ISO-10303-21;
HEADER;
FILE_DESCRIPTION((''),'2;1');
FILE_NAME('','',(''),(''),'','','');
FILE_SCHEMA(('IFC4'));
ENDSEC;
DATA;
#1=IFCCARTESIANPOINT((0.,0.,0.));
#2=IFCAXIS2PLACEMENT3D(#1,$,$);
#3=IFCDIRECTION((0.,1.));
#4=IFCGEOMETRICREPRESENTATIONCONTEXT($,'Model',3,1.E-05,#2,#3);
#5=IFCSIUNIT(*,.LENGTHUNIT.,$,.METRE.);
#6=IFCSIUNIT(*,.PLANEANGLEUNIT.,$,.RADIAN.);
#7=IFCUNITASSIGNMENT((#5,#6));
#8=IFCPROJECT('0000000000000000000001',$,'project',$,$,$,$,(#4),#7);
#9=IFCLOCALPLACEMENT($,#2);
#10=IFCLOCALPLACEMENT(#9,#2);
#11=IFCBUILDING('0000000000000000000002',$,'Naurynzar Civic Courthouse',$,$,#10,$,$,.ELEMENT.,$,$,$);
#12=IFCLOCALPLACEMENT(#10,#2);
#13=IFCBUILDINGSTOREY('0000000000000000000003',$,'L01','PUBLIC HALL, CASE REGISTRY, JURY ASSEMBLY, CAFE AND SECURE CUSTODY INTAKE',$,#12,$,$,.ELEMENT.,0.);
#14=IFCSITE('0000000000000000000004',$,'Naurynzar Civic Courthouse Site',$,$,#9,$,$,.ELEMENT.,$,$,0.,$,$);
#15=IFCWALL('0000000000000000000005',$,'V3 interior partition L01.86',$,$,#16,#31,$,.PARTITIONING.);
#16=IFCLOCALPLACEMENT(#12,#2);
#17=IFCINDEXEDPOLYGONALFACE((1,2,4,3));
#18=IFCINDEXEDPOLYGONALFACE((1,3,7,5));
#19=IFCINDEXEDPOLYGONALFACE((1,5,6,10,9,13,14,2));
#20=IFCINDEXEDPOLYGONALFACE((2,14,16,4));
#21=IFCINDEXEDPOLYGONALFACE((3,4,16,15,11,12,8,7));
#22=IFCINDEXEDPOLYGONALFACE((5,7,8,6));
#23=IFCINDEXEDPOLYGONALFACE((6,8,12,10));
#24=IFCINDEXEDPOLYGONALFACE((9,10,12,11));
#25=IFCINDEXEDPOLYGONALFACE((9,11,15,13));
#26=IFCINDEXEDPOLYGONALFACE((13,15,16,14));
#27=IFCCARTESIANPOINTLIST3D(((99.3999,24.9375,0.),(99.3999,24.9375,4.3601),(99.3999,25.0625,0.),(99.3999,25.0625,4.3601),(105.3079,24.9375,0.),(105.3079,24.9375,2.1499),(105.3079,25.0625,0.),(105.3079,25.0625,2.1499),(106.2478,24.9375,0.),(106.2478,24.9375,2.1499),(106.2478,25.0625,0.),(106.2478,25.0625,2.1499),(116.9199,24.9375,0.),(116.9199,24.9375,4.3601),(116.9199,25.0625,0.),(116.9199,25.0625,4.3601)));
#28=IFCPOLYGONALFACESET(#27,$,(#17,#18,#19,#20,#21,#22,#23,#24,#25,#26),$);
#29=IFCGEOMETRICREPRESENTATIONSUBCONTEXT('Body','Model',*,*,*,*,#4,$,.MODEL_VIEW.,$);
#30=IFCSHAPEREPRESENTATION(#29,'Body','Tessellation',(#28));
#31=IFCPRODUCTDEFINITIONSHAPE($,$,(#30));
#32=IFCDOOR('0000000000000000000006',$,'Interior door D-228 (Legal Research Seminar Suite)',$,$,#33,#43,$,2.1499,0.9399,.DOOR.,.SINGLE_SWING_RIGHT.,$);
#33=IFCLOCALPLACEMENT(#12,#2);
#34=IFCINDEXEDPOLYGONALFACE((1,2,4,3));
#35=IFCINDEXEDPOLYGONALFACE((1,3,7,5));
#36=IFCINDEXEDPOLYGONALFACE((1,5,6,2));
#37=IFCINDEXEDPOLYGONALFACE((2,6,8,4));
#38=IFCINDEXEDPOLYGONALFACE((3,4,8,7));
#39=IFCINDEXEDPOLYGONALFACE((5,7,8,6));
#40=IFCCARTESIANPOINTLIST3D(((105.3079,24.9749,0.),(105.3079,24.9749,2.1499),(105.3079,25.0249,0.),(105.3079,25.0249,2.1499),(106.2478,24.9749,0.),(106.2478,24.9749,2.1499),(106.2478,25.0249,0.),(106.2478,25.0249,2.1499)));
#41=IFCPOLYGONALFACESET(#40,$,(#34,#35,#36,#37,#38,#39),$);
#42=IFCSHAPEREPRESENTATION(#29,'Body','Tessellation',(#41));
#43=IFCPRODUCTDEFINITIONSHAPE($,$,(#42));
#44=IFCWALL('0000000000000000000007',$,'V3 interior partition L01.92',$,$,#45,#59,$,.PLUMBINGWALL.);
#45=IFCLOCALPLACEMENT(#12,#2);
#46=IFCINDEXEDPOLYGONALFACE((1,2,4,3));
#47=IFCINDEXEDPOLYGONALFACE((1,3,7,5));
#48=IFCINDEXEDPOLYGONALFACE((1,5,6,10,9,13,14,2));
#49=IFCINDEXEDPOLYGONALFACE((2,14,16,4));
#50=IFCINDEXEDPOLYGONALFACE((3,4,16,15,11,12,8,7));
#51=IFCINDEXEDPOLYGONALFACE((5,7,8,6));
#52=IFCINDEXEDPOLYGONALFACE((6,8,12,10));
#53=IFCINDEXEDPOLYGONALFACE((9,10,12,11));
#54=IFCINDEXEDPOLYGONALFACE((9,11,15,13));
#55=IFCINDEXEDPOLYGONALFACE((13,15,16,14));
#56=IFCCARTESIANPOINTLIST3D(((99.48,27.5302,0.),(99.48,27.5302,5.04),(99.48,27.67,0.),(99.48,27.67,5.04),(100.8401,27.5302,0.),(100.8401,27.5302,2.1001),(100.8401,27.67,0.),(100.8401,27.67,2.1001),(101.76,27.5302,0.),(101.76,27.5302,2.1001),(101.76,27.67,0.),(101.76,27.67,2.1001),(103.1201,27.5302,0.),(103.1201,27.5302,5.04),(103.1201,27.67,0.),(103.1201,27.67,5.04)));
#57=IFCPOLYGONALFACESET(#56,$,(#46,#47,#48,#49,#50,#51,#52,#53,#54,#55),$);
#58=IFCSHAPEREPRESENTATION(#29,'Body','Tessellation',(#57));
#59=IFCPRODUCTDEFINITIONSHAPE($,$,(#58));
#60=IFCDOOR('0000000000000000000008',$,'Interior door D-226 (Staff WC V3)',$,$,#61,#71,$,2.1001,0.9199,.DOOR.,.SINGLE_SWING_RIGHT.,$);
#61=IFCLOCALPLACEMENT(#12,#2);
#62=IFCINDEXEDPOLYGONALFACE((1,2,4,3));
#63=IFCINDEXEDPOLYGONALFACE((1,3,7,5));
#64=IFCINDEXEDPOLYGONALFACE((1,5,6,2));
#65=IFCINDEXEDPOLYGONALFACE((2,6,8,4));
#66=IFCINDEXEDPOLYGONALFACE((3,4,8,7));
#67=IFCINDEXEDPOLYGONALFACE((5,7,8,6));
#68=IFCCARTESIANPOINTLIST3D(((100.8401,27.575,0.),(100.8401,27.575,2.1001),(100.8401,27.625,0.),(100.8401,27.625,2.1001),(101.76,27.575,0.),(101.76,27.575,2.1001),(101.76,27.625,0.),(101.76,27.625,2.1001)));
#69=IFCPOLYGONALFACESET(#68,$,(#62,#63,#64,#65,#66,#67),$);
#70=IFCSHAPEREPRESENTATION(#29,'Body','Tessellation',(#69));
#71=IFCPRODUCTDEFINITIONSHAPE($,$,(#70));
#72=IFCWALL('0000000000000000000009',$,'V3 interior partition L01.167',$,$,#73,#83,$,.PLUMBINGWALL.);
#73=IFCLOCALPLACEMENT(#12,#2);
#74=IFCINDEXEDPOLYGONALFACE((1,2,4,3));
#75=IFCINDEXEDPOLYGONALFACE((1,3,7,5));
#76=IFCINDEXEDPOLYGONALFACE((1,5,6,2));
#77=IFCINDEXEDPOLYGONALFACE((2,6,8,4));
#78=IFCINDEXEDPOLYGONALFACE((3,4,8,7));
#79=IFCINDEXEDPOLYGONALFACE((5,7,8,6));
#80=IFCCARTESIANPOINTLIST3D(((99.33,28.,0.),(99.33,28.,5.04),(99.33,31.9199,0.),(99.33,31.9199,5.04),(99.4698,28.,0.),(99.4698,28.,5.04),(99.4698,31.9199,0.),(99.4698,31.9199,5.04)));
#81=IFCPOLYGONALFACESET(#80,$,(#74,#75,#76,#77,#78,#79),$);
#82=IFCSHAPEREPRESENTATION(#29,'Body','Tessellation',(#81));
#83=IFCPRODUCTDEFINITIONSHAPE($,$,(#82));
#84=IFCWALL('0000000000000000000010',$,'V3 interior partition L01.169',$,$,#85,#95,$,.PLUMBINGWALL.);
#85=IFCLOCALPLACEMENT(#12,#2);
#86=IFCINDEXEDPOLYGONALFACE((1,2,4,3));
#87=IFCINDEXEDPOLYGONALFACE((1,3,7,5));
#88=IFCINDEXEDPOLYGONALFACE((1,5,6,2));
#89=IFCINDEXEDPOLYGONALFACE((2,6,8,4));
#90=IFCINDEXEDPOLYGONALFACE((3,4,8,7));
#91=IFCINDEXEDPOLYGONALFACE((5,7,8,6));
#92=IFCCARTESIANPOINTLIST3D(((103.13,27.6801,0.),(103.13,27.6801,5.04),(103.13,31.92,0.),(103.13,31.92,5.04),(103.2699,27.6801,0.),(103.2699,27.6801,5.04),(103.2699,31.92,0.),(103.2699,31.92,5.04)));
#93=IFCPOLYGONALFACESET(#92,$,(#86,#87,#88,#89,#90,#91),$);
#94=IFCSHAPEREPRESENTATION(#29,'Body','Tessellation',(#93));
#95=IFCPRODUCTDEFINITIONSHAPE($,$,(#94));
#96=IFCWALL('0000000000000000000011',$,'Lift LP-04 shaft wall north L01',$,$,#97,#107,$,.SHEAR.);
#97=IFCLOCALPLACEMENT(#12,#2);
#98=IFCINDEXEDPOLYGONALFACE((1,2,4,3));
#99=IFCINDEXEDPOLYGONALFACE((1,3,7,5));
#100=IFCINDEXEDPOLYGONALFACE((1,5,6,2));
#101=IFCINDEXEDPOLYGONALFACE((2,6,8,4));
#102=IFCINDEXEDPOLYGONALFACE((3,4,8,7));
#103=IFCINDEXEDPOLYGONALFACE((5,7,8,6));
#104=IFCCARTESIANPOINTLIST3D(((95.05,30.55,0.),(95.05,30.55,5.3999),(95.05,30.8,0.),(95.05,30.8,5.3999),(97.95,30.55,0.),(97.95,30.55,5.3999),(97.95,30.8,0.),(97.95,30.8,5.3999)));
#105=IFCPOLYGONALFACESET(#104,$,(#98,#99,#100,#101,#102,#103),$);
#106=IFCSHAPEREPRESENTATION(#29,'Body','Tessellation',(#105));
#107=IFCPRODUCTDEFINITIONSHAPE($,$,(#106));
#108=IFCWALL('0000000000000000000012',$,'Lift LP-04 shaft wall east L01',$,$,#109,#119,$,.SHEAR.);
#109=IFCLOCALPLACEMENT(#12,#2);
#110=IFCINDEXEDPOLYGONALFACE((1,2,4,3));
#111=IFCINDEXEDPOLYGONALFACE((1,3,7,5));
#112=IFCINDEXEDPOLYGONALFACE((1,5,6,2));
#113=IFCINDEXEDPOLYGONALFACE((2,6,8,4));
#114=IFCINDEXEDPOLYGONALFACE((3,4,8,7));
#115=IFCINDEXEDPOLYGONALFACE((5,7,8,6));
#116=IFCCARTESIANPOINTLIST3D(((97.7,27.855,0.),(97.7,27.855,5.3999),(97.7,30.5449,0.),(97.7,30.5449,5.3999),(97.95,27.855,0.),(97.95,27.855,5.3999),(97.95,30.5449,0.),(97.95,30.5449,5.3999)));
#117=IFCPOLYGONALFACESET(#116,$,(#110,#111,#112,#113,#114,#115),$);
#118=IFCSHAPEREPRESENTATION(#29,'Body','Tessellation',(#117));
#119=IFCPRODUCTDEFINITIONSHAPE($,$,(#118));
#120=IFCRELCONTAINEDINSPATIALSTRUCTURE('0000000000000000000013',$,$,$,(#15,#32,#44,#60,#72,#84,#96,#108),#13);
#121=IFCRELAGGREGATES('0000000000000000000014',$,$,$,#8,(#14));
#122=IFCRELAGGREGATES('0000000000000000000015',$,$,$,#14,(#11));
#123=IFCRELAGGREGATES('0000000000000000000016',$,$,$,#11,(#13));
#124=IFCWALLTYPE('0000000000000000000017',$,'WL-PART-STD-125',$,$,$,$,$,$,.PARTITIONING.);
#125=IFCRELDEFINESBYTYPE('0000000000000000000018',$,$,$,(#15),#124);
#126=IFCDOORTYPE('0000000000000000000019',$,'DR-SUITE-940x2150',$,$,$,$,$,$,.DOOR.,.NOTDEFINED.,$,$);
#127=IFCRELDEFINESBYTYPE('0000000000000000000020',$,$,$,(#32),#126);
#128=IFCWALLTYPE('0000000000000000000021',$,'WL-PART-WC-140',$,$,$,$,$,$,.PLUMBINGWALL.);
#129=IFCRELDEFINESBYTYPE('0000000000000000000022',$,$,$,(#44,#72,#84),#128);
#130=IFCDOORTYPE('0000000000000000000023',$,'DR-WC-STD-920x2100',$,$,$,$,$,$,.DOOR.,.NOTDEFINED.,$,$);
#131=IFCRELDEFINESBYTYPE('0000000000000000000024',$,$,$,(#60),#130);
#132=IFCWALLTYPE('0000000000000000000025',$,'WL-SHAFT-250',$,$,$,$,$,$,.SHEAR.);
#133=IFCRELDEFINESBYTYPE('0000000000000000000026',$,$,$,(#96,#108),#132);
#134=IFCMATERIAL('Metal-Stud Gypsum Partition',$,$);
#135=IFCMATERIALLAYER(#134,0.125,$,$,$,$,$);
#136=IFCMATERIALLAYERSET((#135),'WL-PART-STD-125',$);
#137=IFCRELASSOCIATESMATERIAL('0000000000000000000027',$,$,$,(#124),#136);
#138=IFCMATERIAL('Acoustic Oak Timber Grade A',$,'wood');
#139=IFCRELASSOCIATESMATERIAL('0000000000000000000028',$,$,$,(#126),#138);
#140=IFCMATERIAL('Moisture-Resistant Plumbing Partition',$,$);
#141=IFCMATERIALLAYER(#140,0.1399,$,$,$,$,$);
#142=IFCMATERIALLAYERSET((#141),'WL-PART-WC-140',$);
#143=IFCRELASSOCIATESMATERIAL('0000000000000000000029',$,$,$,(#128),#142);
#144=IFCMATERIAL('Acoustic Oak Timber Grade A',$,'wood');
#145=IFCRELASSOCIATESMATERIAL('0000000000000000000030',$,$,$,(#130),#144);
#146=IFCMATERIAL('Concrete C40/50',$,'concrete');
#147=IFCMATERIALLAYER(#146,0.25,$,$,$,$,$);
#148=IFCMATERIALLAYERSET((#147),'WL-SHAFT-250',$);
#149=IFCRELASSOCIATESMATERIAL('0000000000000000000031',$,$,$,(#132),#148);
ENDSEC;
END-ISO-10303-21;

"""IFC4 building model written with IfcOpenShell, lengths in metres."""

from ifc_helpers import new_model, si_unit, direction, frame, frame_2d, origin, place, context, subcontext, project, spatial, rectangle, extrude, material, layer, layer_set, type_object, element, fill, save


model = new_model("IFC4")

# Units and contexts
model_context = context("Model", 3, precision=1e-05, world=origin(), true_north=direction((0.0, 1.0)))
body_context = subcontext(model_context, "Body", "Model", "MODEL_VIEW")
ifc_project = project(units=[si_unit("LENGTHUNIT", "METRE"), si_unit("PLANEANGLEUNIT", "RADIAN")], contexts=[model_context])

# Site, building, storey
site_placement = place(None, origin())
site = spatial("IfcSite", under=ifc_project, at=site_placement, Name="Naurynzar Civic Courthouse Site", CompositionType="ELEMENT", RefElevation=0.0)
building_placement = place(site_placement, origin())
building = spatial("IfcBuilding", under=site, at=building_placement, Name="Naurynzar Civic Courthouse", CompositionType="ELEMENT")
storey_placement = place(building_placement, origin())
storey = spatial("IfcBuildingStorey", under=building, at=storey_placement, Name="L01", Description="PUBLIC HALL, CASE REGISTRY, JURY ASSEMBLY, CAFE AND SECURE CUSTODY INTAKE", CompositionType="ELEMENT", Elevation=0.0)

# Walls, openings, doors
ifc_material_1 = material(Name="Metal-Stud Gypsum Partition")
ifc_layer_1 = layer(ifc_material_1, 0.125)
ifc_layer_set_1 = layer_set([ifc_layer_1], Name="WL-PART-STD-125")
wall_type_1 = type_object("IfcWallType", Name="WL-PART-STD-125", PredefinedType="PARTITIONING", material=ifc_layer_set_1)
wall_1_placement = place(storey_placement, frame((99.3999, 25.0, 0.0), z_axis=(0.0, 0.0, 1.0), x_axis=(1.0, 0.0, 0.0)))
wall_1 = element("IfcWall", 1, at=wall_1_placement, inside=storey, type_object=wall_type_1, Name="V3 interior partition L01.86", PredefinedType="PARTITIONING", context=body_context, shape_type="SweptSolid", body=[
    extrude(rectangle(XDim=17.52, YDim=0.125, at=frame_2d((8.76, 0.0))), origin(), (0.0, 0.0, 1.0), 4.3601),
])
opening_1_placement = place(wall_1_placement, frame((5.908, 0.0, 0.0)))
opening_1 = element("IfcOpeningElement", 2, at=opening_1_placement, cuts=wall_1, PredefinedType="OPENING", context=body_context, shape_type="SweptSolid", body=[
    extrude(rectangle(XDim=0.9399, YDim=2.1499, at=frame_2d((0.47, 1.075))), frame((0.0, 0.0725, 0.0), z_axis=(0.0, -1.0, 0.0), x_axis=(1.0, 0.0, 0.0)), (0.0, 0.0, 1.0), 0.145),
])
ifc_material_2 = material(Name="Acoustic Oak Timber Grade A", Category="wood")
door_type_1 = type_object("IfcDoorType", Name="DR-SUITE-940x2150", OperationType="NOTDEFINED", PredefinedType="DOOR", material=ifc_material_2)
door_1_placement = place(opening_1_placement, origin())
door_1 = element("IfcDoor", 3, at=door_1_placement, inside=storey, type_object=door_type_1, Name="Interior door D-228 (Legal Research Seminar Suite)", OperationType="SINGLE_SWING_RIGHT", OverallHeight=2.1499, OverallWidth=0.9399, PredefinedType="DOOR", context=body_context, shape_type="SweptSolid", body=[
    extrude(rectangle(XDim=0.9399, YDim=2.1499, at=frame_2d((0.47, 1.075))), frame((0.0, 0.0249, 0.0), z_axis=(0.0, -1.0, 0.0), x_axis=(1.0, 0.0, 0.0)), (0.0, 0.0, 1.0), 0.05),
])
fill(opening_1, door_1)
ifc_material_3 = material(Name="Moisture-Resistant Plumbing Partition")
ifc_layer_2 = layer(ifc_material_3, 0.1399)
ifc_layer_set_2 = layer_set([ifc_layer_2], Name="WL-PART-WC-140")
wall_type_2 = type_object("IfcWallType", Name="WL-PART-WC-140", PredefinedType="PLUMBINGWALL", material=ifc_layer_set_2)
wall_2_placement = place(storey_placement, frame((99.48, 27.6001, 0.0), z_axis=(0.0, 0.0, 1.0), x_axis=(1.0, 0.0, 0.0)))
wall_2 = element("IfcWall", 4, at=wall_2_placement, inside=storey, type_object=wall_type_2, Name="V3 interior partition L01.92", PredefinedType="PLUMBINGWALL", context=body_context, shape_type="SweptSolid", body=[
    extrude(rectangle(XDim=3.6401, YDim=0.1399, at=frame_2d((1.8201, 0.0))), origin(), (0.0, 0.0, 1.0), 5.04),
])
opening_2_placement = place(wall_2_placement, frame((1.3601, 0.0, 0.0)))
opening_2 = element("IfcOpeningElement", 5, at=opening_2_placement, cuts=wall_2, PredefinedType="OPENING", context=body_context, shape_type="SweptSolid", body=[
    extrude(rectangle(XDim=0.9199, YDim=2.1001, at=frame_2d((0.46, 1.05))), frame((0.0, 0.0798, 0.0), z_axis=(0.0, -1.0, 0.0), x_axis=(1.0, 0.0, 0.0)), (0.0, 0.0, 1.0), 0.1599),
])
ifc_material_4 = material(Name="Acoustic Oak Timber Grade A", Category="wood")
door_type_2 = type_object("IfcDoorType", Name="DR-WC-STD-920x2100", OperationType="NOTDEFINED", PredefinedType="DOOR", material=ifc_material_4)
door_2_placement = place(opening_2_placement, origin())
door_2 = element("IfcDoor", 6, at=door_2_placement, inside=storey, type_object=door_type_2, Name="Interior door D-226 (Staff WC V3)", OperationType="SINGLE_SWING_RIGHT", OverallHeight=2.1001, OverallWidth=0.9199, PredefinedType="DOOR", context=body_context, shape_type="SweptSolid", body=[
    extrude(rectangle(XDim=0.9199, YDim=2.1001, at=frame_2d((0.46, 1.05))), frame((0.0, 0.0249, 0.0), z_axis=(0.0, -1.0, 0.0), x_axis=(1.0, 0.0, 0.0)), (0.0, 0.0, 1.0), 0.05),
])
fill(opening_2, door_2)

# Walls
wall_3_placement = place(storey_placement, frame((99.3999, 28.0, 0.0), z_axis=(0.0, 0.0, 1.0), x_axis=(0.0, 1.0, 0.0)))
element("IfcWall", 7, at=wall_3_placement, inside=storey, type_object=wall_type_2, Name="V3 interior partition L01.167", PredefinedType="PLUMBINGWALL", context=body_context, shape_type="SweptSolid", body=[
    extrude(rectangle(XDim=3.9199, YDim=0.1399, at=frame_2d((1.96, 0.0))), origin(), (0.0, 0.0, 1.0), 5.04),
])
wall_4_placement = place(storey_placement, frame((103.2, 27.6799, 0.0), z_axis=(0.0, 0.0, 1.0), x_axis=(0.0, 1.0, 0.0)))
element("IfcWall", 8, at=wall_4_placement, inside=storey, type_object=wall_type_2, Name="V3 interior partition L01.169", PredefinedType="PLUMBINGWALL", context=body_context, shape_type="SweptSolid", body=[
    extrude(rectangle(XDim=4.24, YDim=0.1399, at=frame_2d((2.1201, 0.0))), origin(), (0.0, 0.0, 1.0), 5.04),
])
ifc_material_5 = material(Name="Concrete C40/50", Category="concrete")
ifc_layer_3 = layer(ifc_material_5, 0.25)
ifc_layer_set_3 = layer_set([ifc_layer_3], Name="WL-SHAFT-250")
wall_type_3 = type_object("IfcWallType", Name="WL-SHAFT-250", PredefinedType="SHEAR", material=ifc_layer_set_3)
wall_5_placement = place(storey_placement, frame((97.95, 30.675, 0.0), z_axis=(0.0, 0.0, 1.0), x_axis=(-1.0, 0.0, 0.0)))
element("IfcWall", 9, at=wall_5_placement, inside=storey, type_object=wall_type_3, Name="Lift LP-04 shaft wall north L01", PredefinedType="SHEAR", context=body_context, shape_type="SweptSolid", body=[
    extrude(rectangle(XDim=2.8999, YDim=0.25, at=frame_2d((1.45, 0.0))), origin(), (0.0, 0.0, 1.0), 5.3999),
])
wall_6_placement = place(storey_placement, frame((97.825, 27.855, 0.0), z_axis=(0.0, 0.0, 1.0), x_axis=(0.0, 1.0, 0.0)))
element("IfcWall", 10, at=wall_6_placement, inside=storey, type_object=wall_type_3, Name="Lift LP-04 shaft wall east L01", PredefinedType="SHEAR", context=body_context, shape_type="SweptSolid", body=[
    extrude(rectangle(XDim=2.6899, YDim=0.25, at=frame_2d((1.345, 0.0))), origin(), (0.0, 0.0, 1.0), 5.3999),
])

save(model, "model.ifc")
